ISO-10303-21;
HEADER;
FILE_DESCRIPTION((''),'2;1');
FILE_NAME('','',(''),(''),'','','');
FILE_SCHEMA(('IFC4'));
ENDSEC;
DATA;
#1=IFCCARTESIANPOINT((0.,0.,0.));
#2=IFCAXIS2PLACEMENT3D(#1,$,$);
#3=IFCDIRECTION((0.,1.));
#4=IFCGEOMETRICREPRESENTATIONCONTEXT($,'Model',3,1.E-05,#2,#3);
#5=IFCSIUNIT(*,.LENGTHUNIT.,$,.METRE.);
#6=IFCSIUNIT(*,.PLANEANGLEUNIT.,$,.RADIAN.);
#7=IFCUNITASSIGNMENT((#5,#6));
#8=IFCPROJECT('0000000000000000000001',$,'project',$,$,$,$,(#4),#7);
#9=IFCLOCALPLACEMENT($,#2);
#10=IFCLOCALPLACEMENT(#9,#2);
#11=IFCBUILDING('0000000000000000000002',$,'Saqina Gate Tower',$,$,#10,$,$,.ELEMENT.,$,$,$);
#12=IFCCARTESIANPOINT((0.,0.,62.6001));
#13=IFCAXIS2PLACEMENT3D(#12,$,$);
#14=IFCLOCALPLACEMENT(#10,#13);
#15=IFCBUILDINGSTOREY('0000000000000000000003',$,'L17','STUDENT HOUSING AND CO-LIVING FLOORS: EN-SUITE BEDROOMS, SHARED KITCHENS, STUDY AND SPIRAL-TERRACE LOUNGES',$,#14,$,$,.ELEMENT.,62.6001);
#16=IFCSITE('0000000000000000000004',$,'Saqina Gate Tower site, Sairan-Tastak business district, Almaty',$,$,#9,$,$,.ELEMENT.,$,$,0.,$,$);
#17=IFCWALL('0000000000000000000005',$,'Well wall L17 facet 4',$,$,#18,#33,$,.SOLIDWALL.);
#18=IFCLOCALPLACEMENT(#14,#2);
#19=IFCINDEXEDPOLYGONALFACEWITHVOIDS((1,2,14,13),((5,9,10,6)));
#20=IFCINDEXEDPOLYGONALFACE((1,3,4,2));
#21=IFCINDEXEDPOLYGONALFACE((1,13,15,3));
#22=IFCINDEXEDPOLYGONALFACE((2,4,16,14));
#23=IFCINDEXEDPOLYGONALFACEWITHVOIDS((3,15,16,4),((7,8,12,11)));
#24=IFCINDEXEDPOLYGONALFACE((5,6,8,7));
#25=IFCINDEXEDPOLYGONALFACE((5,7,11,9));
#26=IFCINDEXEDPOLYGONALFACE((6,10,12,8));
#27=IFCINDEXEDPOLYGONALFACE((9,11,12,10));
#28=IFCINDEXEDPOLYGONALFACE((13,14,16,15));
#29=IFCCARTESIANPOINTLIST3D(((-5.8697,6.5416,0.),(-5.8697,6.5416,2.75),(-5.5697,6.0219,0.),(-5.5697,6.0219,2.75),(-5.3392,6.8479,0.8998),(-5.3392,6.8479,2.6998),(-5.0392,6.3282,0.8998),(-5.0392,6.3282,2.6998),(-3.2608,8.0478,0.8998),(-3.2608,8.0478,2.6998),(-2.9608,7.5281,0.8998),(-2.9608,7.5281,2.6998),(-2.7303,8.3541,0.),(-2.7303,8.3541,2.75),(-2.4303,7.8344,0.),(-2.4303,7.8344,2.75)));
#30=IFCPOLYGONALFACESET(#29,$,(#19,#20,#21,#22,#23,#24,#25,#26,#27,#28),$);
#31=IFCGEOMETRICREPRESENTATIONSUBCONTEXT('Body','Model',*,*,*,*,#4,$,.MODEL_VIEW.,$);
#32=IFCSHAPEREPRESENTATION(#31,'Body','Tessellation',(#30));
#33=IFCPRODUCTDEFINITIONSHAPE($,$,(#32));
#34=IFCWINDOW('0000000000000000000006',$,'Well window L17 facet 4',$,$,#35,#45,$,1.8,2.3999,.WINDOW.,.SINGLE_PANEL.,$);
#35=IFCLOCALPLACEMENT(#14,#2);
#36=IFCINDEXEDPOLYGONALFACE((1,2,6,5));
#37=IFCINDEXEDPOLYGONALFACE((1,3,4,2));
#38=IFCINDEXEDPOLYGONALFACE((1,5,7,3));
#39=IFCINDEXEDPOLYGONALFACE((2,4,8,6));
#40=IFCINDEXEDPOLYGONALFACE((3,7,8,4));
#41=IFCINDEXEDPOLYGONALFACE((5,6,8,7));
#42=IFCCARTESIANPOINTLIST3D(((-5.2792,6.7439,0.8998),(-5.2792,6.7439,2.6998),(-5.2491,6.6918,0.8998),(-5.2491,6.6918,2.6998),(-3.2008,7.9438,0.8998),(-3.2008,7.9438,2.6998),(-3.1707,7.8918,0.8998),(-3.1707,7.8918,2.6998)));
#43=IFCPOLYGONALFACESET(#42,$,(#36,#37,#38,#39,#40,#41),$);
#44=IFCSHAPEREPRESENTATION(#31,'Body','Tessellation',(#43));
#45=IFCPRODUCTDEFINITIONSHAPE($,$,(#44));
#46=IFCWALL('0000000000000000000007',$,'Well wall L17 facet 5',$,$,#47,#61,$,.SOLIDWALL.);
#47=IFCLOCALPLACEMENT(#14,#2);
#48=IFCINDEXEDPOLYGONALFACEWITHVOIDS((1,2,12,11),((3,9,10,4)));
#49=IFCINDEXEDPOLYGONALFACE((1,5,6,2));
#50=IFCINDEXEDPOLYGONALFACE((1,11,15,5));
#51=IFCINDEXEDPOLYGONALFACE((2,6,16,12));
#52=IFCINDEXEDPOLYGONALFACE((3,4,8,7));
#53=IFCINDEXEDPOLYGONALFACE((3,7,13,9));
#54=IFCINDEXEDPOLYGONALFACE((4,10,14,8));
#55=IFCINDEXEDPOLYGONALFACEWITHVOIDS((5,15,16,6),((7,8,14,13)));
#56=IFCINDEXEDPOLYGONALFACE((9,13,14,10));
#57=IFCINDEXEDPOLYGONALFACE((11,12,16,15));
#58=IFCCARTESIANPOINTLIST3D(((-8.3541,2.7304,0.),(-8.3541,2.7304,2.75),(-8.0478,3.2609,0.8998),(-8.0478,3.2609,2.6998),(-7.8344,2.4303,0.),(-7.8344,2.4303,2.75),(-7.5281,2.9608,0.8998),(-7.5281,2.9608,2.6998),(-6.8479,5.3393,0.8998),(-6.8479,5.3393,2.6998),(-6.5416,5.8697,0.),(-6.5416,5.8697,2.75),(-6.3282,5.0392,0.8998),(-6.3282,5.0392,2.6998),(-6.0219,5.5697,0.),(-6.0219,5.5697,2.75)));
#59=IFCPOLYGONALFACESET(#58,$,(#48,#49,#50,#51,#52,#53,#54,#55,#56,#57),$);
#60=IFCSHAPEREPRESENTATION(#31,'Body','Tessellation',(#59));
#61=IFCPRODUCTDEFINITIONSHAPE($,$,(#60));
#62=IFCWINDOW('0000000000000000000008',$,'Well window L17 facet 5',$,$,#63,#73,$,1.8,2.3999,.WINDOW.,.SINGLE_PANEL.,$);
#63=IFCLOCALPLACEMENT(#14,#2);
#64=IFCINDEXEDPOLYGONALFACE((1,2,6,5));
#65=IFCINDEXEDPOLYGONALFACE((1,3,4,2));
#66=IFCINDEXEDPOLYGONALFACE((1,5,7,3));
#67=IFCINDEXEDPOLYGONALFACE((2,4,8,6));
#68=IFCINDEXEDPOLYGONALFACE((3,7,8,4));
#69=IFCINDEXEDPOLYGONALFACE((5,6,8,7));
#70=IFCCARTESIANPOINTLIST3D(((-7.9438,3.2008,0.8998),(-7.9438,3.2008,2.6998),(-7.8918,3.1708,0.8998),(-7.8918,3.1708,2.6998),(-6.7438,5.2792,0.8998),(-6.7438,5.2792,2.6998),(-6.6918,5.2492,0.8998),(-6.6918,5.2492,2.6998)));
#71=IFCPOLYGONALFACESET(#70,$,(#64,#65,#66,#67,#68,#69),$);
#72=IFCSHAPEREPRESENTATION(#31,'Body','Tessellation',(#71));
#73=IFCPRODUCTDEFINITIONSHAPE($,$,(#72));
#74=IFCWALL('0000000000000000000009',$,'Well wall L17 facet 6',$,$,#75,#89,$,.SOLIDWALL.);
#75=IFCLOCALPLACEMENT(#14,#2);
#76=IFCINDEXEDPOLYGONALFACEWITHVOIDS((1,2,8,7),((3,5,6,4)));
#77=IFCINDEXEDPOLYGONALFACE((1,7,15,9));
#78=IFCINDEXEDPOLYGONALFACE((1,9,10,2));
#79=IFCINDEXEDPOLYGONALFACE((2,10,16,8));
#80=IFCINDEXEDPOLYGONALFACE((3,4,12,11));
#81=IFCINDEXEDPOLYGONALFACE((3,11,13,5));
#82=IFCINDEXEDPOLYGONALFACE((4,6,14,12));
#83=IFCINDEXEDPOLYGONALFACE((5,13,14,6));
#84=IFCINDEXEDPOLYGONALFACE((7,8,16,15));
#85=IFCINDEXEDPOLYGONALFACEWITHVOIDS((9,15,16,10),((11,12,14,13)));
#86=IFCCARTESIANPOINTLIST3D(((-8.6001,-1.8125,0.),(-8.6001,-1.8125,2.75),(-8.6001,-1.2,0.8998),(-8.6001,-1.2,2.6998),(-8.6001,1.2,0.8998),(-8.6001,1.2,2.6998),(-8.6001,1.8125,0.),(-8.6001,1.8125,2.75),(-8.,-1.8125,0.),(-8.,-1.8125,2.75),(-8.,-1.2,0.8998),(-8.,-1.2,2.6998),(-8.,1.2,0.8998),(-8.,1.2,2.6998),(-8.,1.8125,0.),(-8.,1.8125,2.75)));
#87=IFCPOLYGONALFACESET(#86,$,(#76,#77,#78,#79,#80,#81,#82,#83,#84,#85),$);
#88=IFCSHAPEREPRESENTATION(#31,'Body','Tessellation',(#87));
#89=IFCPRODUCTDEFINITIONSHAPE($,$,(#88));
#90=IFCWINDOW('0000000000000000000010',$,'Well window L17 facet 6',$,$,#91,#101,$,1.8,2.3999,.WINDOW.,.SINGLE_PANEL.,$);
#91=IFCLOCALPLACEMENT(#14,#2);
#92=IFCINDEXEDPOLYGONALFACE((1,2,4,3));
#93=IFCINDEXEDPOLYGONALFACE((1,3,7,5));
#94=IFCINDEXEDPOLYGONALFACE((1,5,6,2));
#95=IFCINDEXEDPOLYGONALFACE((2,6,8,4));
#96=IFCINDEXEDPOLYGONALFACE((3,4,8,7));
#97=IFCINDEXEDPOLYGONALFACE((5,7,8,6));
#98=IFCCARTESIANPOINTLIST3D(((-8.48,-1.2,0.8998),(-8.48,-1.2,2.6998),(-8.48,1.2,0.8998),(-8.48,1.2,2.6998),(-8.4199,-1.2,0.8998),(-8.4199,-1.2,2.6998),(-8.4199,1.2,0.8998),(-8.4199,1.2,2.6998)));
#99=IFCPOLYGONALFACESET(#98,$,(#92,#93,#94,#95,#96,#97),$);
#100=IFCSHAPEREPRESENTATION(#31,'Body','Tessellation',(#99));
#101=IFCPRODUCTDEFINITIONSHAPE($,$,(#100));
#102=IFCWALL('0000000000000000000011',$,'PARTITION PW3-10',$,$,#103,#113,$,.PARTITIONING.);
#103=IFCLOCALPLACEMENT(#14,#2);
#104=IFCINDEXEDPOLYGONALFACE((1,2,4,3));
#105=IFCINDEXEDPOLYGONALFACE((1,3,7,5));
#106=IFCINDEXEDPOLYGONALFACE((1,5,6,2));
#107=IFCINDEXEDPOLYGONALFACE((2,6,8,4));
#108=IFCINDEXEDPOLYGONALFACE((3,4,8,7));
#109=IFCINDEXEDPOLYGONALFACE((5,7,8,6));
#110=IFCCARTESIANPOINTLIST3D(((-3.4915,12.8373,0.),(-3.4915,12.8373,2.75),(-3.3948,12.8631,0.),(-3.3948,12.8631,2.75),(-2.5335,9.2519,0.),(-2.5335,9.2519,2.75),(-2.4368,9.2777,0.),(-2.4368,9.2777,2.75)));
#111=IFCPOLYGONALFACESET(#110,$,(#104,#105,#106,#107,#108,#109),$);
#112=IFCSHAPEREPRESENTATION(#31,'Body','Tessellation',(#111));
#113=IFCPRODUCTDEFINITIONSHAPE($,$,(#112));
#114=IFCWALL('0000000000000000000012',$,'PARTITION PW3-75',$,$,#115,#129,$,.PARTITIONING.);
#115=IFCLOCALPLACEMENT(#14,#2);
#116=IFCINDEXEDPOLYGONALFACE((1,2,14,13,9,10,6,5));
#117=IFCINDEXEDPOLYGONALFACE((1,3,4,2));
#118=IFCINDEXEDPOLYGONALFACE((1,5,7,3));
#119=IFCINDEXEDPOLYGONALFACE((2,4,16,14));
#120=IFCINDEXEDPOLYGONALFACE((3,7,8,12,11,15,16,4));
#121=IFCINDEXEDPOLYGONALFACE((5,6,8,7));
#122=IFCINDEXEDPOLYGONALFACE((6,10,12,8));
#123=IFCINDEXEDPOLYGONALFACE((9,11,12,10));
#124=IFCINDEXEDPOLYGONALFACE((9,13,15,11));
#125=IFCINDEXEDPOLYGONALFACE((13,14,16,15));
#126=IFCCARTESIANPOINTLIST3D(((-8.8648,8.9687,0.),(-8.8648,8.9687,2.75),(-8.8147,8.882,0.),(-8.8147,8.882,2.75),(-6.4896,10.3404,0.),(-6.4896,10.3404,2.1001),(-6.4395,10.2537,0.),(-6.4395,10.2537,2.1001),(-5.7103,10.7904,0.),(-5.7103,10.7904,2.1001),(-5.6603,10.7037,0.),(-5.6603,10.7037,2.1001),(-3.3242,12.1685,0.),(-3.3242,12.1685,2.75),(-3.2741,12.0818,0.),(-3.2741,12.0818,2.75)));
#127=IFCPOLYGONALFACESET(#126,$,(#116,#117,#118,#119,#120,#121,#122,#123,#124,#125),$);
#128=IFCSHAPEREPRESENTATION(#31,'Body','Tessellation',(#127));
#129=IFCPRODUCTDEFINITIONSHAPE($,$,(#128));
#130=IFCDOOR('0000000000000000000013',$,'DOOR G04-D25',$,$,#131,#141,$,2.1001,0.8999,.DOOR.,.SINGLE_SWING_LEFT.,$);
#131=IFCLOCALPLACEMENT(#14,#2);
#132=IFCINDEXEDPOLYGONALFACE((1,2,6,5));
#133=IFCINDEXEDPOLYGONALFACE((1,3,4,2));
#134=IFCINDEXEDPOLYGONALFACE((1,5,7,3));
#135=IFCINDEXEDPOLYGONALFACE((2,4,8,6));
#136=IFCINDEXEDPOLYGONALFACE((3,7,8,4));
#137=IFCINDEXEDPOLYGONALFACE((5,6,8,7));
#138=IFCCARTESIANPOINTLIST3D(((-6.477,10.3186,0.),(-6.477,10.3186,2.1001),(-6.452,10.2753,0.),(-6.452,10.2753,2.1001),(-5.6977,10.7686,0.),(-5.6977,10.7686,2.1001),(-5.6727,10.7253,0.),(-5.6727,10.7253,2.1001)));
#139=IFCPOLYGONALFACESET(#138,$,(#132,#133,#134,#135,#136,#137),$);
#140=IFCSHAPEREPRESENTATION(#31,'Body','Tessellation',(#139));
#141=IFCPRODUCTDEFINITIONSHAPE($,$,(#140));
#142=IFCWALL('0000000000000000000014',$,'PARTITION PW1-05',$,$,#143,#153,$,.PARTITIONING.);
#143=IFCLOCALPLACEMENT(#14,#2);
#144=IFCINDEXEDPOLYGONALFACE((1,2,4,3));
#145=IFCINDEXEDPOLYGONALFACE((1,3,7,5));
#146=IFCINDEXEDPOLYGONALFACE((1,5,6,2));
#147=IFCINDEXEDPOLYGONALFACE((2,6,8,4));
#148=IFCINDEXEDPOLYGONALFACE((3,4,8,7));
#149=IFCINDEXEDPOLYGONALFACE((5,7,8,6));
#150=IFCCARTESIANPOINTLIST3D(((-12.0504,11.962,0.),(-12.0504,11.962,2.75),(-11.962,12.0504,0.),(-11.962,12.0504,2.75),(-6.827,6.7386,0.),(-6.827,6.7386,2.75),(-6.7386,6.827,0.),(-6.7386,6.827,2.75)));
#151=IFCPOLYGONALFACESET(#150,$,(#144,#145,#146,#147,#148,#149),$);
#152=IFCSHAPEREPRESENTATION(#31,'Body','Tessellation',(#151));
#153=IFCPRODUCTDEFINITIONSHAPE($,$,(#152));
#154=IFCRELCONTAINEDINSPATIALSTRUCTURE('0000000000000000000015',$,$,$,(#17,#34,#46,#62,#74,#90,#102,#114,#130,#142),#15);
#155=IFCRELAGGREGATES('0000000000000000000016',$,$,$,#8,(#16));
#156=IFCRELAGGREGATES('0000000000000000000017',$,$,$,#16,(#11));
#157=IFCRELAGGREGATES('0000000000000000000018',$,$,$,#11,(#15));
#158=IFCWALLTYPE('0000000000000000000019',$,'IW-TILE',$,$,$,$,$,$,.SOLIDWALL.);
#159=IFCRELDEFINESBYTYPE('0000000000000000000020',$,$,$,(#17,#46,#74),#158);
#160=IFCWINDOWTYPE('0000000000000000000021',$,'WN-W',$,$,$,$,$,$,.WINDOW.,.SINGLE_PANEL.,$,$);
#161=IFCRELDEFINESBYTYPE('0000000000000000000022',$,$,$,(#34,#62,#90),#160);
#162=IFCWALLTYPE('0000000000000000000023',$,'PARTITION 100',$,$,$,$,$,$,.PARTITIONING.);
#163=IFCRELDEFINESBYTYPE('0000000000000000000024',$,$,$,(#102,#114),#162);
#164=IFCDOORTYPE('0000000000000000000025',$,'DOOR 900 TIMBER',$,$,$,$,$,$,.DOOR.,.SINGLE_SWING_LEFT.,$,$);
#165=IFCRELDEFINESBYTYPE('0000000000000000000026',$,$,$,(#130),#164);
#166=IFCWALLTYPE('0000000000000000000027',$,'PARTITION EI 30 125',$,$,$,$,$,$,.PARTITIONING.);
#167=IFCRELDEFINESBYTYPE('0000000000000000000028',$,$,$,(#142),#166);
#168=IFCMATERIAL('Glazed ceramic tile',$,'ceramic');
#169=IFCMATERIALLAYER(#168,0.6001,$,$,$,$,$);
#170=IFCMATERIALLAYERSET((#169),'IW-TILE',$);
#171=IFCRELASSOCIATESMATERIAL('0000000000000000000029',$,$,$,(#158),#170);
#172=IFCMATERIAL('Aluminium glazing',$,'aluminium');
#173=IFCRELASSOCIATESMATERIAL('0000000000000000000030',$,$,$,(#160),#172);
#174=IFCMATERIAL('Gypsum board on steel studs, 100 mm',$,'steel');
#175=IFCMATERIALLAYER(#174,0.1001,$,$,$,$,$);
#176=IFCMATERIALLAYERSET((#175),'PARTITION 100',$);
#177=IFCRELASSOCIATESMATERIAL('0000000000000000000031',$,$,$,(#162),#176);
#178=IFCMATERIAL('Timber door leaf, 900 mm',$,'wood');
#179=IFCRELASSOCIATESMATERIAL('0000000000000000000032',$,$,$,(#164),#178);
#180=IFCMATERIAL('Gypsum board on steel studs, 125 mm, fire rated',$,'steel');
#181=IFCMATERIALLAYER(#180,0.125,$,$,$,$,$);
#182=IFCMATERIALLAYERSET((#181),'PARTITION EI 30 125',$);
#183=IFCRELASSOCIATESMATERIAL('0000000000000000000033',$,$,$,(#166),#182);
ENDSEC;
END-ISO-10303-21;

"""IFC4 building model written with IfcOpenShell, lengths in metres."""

from ifc_helpers import new_model, si_unit, direction, frame, frame_2d, origin, place, context, subcontext, project, spatial, rectangle, extrude, material, layer, layer_set, type_object, element, fill, save


model = new_model("IFC4")

# Units and contexts
model_context = context("Model", 3, precision=1e-05, world=origin(), true_north=direction((0.0, 1.0)))
body_context = subcontext(model_context, "Body", "Model", "MODEL_VIEW")
ifc_project = project(units=[si_unit("LENGTHUNIT", "METRE"), si_unit("PLANEANGLEUNIT", "RADIAN")], contexts=[model_context])

# Site, building, storey
site_placement = place(None, origin())
site = spatial("IfcSite", under=ifc_project, at=site_placement, Name="Saqina Gate Tower site, Sairan-Tastak business district, Almaty", CompositionType="ELEMENT", RefElevation=0.0)
building_placement = place(site_placement, origin())
building = spatial("IfcBuilding", under=site, at=building_placement, Name="Saqina Gate Tower", CompositionType="ELEMENT")
storey_placement = place(building_placement, frame((0.0, 0.0, 62.6001)))
storey = spatial("IfcBuildingStorey", under=building, at=storey_placement, Name="L17", Description="STUDENT HOUSING AND CO-LIVING FLOORS: EN-SUITE BEDROOMS, SHARED KITCHENS, STUDY AND SPIRAL-TERRACE LOUNGES", CompositionType="ELEMENT", Elevation=62.6001)

# Walls, openings, windows
ifc_material_1 = material(Name="Glazed ceramic tile", Category="ceramic")
ifc_layer_1 = layer(ifc_material_1, 0.6001)
ifc_layer_set_1 = layer_set([ifc_layer_1], Name="IW-TILE")
wall_type_1 = type_object("IfcWallType", Name="IW-TILE", PredefinedType="SOLIDWALL", material=ifc_layer_set_1)
wall_1_placement = place(storey_placement, frame((-2.5803, 8.0942, 0.0), z_axis=(0.0, 0.0, 1.0), x_axis=(-0.86603, -0.499993, 0.0)))
wall_1 = element("IfcWall", 1, at=wall_1_placement, inside=storey, type_object=wall_type_1, Name="Well wall L17 facet 4", PredefinedType="SOLIDWALL", context=body_context, shape_type="SweptSolid", body=[
    extrude(rectangle(XDim=3.625, YDim=0.6001, at=frame_2d((1.8125, 0.0))), origin(), (0.0, 0.0, 1.0), 2.75),
])
opening_1_placement = place(wall_1_placement, frame((0.6125, 0.0, 0.8999)))
opening_1 = element("IfcOpeningElement", 2, at=opening_1_placement, cuts=wall_1, PredefinedType="OPENING", context=body_context, shape_type="SweptSolid", body=[
    extrude(rectangle(XDim=2.3999, YDim=1.8, at=frame_2d((1.2, 0.8999))), frame((0.0, 0.312, 0.0), z_axis=(0.0, -1.0, 0.0), x_axis=(1.0, 0.0, 0.0)), (0.0, 0.0, 1.0), 0.624),
])
ifc_material_2 = material(Name="Aluminium glazing", Category="aluminium")
window_type = type_object("IfcWindowType", Name="WN-W", PartitioningType="SINGLE_PANEL", PredefinedType="WINDOW", material=ifc_material_2)
window_1_placement = place(opening_1_placement, origin())
window_1 = element("IfcWindow", 3, at=window_1_placement, inside=storey, type_object=window_type, Name="Well window L17 facet 4", OverallHeight=1.8, OverallWidth=2.3999, PartitioningType="SINGLE_PANEL", PredefinedType="WINDOW", context=body_context, shape_type="SweptSolid", body=[
    extrude(rectangle(XDim=2.3999, YDim=1.8, at=frame_2d((1.2, 0.8999))), frame((0.0, -0.1199, 0.0), z_axis=(0.0, -1.0, 0.0), x_axis=(1.0, 0.0, 0.0)), (0.0, 0.0, 1.0), 0.0601),
])
fill(opening_1, window_1)
wall_2_placement = place(storey_placement, frame((-6.2817, 5.7197, 0.0), z_axis=(0.0, 0.0, 1.0), x_axis=(-0.499993, -0.86603, 0.0)))
wall_2 = element("IfcWall", 4, at=wall_2_placement, inside=storey, type_object=wall_type_1, Name="Well wall L17 facet 5", PredefinedType="SOLIDWALL", context=body_context, shape_type="SweptSolid", body=[
    extrude(rectangle(XDim=3.625, YDim=0.6001, at=frame_2d((1.8125, 0.0))), origin(), (0.0, 0.0, 1.0), 2.75),
])
opening_2_placement = place(wall_2_placement, frame((0.6125, 0.0, 0.8999)))
opening_2 = element("IfcOpeningElement", 5, at=opening_2_placement, cuts=wall_2, PredefinedType="OPENING", context=body_context, shape_type="SweptSolid", body=[
    extrude(rectangle(XDim=2.3999, YDim=1.8, at=frame_2d((1.2, 0.8999))), frame((0.0, 0.312, 0.0), z_axis=(0.0, -1.0, 0.0), x_axis=(1.0, 0.0, 0.0)), (0.0, 0.0, 1.0), 0.624),
])
window_2_placement = place(opening_2_placement, origin())
window_2 = element("IfcWindow", 6, at=window_2_placement, inside=storey, type_object=window_type, Name="Well window L17 facet 5", OverallHeight=1.8, OverallWidth=2.3999, PartitioningType="SINGLE_PANEL", PredefinedType="WINDOW", context=body_context, shape_type="SweptSolid", body=[
    extrude(rectangle(XDim=2.3999, YDim=1.8, at=frame_2d((1.2, 0.8999))), frame((0.0, -0.1199, 0.0), z_axis=(0.0, -1.0, 0.0), x_axis=(1.0, 0.0, 0.0)), (0.0, 0.0, 1.0), 0.0601),
])
fill(opening_2, window_2)
wall_3_placement = place(storey_placement, frame((-8.3, 1.8125, 0.0), z_axis=(0.0, 0.0, 1.0), x_axis=(0.0, -1.0, 0.0)))
wall_3 = element("IfcWall", 7, at=wall_3_placement, inside=storey, type_object=wall_type_1, Name="Well wall L17 facet 6", PredefinedType="SOLIDWALL", context=body_context, shape_type="SweptSolid", body=[
    extrude(rectangle(XDim=3.625, YDim=0.6001, at=frame_2d((1.8125, 0.0))), origin(), (0.0, 0.0, 1.0), 2.75),
])
opening_3_placement = place(wall_3_placement, frame((0.6125, 0.0, 0.8999)))
opening_3 = element("IfcOpeningElement", 8, at=opening_3_placement, cuts=wall_3, PredefinedType="OPENING", context=body_context, shape_type="SweptSolid", body=[
    extrude(rectangle(XDim=2.3999, YDim=1.8, at=frame_2d((1.2, 0.8999))), frame((0.0, 0.312, 0.0), z_axis=(0.0, -1.0, 0.0), x_axis=(1.0, 0.0, 0.0)), (0.0, 0.0, 1.0), 0.624),
])
window_3_placement = place(opening_3_placement, origin())
window_3 = element("IfcWindow", 9, at=window_3_placement, inside=storey, type_object=window_type, Name="Well window L17 facet 6", OverallHeight=1.8, OverallWidth=2.3999, PartitioningType="SINGLE_PANEL", PredefinedType="WINDOW", context=body_context, shape_type="SweptSolid", body=[
    extrude(rectangle(XDim=2.3999, YDim=1.8, at=frame_2d((1.2, 0.8999))), frame((0.0, -0.1199, 0.0), z_axis=(0.0, -1.0, 0.0), x_axis=(1.0, 0.0, 0.0)), (0.0, 0.0, 1.0), 0.0601),
])
fill(opening_3, window_3)

# Wall
ifc_material_3 = material(Name="Gypsum board on steel studs, 100 mm", Category="steel")
ifc_layer_2 = layer(ifc_material_3, 0.1001)
ifc_layer_set_2 = layer_set([ifc_layer_2], Name="PARTITION 100")
wall_type_2 = type_object("IfcWallType", Name="PARTITION 100", PredefinedType="PARTITIONING", material=ifc_layer_set_2)
wall_4_placement = place(storey_placement, frame((-3.4431, 12.8501, 0.0), z_axis=(0.0, 0.0, 1.0), x_axis=(0.258138, -0.966108, 0.0)))
element("IfcWall", 10, at=wall_4_placement, inside=storey, type_object=wall_type_2, Name="PARTITION PW3-10", PredefinedType="PARTITIONING", context=body_context, shape_type="SweptSolid", body=[
    extrude(rectangle(XDim=3.7112, YDim=0.1001, at=frame_2d((1.8555, 0.0))), origin(), (0.0, 0.0, 1.0), 2.75),
])

# Wall, opening, door
wall_5_placement = place(storey_placement, frame((-8.8398, 8.9253, 0.0), z_axis=(0.0, 0.0, 1.0), x_axis=(0.865966, 0.500103, 0.0)))
wall_5 = element("IfcWall", 11, at=wall_5_placement, inside=storey, type_object=wall_type_2, Name="PARTITION PW3-75", PredefinedType="PARTITIONING", context=body_context, shape_type="SweptSolid", body=[
    extrude(rectangle(XDim=6.3982, YDim=0.1001, at=frame_2d((3.1992, 0.0))), origin(), (0.0, 0.0, 1.0), 2.75),
])
opening_4_placement = place(wall_5_placement, frame((2.7429, 0.0, 0.0)))
opening_4 = element("IfcOpeningElement", 12, at=opening_4_placement, cuts=wall_5, PredefinedType="OPENING", context=body_context, shape_type="SweptSolid", body=[
    extrude(rectangle(XDim=0.8999, YDim=2.1001, at=frame_2d((0.45, 1.05))), frame((0.0, 0.062, 0.0), z_axis=(0.0, -1.0, 0.0), x_axis=(1.0, 0.0, 0.0)), (0.0, 0.0, 1.0), 0.124),
])
ifc_material_4 = material(Name="Timber door leaf, 900 mm", Category="wood")
door_type_1 = type_object("IfcDoorType", Name="DOOR 900 TIMBER", OperationType="SINGLE_SWING_LEFT", PredefinedType="DOOR", material=ifc_material_4)
door_1_placement = place(opening_4_placement, origin())
door_1 = element("IfcDoor", 13, at=door_1_placement, inside=storey, type_object=door_type_1, Name="DOOR G04-D25", OperationType="SINGLE_SWING_LEFT", OverallHeight=2.1001, OverallWidth=0.8999, PredefinedType="DOOR", context=body_context, shape_type="SweptSolid", body=[
    extrude(rectangle(XDim=0.8999, YDim=2.1001, at=frame_2d((0.45, 1.05))), frame((0.0, 0.0249, 0.0), z_axis=(0.0, -1.0, 0.0), x_axis=(1.0, 0.0, 0.0)), (0.0, 0.0, 1.0), 0.05),
])
fill(opening_4, door_1)

# Wall
ifc_material_5 = material(Name="Gypsum board on steel studs, 125 mm, fire rated", Category="steel")
ifc_layer_3 = layer(ifc_material_5, 0.125)
ifc_layer_set_3 = layer_set([ifc_layer_3], Name="PARTITION EI 30 125")
wall_type_3 = type_object("IfcWallType", Name="PARTITION EI 30 125", PredefinedType="PARTITIONING", material=ifc_layer_set_3)
wall_6_placement = place(storey_placement, frame((-12.0061, 12.0061, 0.0), z_axis=(0.0, 0.0, 1.0), x_axis=(0.707107, -0.707107, 0.0)))
element("IfcWall", 14, at=wall_6_placement, inside=storey, type_object=wall_type_3, Name="PARTITION PW1-05", PredefinedType="PARTITIONING", context=body_context, shape_type="SweptSolid", body=[
    extrude(rectangle(XDim=7.387, YDim=0.125, at=frame_2d((3.6934, 0.0))), origin(), (0.0, 0.0, 1.0), 2.75),
])

save(model, "model.ifc")
